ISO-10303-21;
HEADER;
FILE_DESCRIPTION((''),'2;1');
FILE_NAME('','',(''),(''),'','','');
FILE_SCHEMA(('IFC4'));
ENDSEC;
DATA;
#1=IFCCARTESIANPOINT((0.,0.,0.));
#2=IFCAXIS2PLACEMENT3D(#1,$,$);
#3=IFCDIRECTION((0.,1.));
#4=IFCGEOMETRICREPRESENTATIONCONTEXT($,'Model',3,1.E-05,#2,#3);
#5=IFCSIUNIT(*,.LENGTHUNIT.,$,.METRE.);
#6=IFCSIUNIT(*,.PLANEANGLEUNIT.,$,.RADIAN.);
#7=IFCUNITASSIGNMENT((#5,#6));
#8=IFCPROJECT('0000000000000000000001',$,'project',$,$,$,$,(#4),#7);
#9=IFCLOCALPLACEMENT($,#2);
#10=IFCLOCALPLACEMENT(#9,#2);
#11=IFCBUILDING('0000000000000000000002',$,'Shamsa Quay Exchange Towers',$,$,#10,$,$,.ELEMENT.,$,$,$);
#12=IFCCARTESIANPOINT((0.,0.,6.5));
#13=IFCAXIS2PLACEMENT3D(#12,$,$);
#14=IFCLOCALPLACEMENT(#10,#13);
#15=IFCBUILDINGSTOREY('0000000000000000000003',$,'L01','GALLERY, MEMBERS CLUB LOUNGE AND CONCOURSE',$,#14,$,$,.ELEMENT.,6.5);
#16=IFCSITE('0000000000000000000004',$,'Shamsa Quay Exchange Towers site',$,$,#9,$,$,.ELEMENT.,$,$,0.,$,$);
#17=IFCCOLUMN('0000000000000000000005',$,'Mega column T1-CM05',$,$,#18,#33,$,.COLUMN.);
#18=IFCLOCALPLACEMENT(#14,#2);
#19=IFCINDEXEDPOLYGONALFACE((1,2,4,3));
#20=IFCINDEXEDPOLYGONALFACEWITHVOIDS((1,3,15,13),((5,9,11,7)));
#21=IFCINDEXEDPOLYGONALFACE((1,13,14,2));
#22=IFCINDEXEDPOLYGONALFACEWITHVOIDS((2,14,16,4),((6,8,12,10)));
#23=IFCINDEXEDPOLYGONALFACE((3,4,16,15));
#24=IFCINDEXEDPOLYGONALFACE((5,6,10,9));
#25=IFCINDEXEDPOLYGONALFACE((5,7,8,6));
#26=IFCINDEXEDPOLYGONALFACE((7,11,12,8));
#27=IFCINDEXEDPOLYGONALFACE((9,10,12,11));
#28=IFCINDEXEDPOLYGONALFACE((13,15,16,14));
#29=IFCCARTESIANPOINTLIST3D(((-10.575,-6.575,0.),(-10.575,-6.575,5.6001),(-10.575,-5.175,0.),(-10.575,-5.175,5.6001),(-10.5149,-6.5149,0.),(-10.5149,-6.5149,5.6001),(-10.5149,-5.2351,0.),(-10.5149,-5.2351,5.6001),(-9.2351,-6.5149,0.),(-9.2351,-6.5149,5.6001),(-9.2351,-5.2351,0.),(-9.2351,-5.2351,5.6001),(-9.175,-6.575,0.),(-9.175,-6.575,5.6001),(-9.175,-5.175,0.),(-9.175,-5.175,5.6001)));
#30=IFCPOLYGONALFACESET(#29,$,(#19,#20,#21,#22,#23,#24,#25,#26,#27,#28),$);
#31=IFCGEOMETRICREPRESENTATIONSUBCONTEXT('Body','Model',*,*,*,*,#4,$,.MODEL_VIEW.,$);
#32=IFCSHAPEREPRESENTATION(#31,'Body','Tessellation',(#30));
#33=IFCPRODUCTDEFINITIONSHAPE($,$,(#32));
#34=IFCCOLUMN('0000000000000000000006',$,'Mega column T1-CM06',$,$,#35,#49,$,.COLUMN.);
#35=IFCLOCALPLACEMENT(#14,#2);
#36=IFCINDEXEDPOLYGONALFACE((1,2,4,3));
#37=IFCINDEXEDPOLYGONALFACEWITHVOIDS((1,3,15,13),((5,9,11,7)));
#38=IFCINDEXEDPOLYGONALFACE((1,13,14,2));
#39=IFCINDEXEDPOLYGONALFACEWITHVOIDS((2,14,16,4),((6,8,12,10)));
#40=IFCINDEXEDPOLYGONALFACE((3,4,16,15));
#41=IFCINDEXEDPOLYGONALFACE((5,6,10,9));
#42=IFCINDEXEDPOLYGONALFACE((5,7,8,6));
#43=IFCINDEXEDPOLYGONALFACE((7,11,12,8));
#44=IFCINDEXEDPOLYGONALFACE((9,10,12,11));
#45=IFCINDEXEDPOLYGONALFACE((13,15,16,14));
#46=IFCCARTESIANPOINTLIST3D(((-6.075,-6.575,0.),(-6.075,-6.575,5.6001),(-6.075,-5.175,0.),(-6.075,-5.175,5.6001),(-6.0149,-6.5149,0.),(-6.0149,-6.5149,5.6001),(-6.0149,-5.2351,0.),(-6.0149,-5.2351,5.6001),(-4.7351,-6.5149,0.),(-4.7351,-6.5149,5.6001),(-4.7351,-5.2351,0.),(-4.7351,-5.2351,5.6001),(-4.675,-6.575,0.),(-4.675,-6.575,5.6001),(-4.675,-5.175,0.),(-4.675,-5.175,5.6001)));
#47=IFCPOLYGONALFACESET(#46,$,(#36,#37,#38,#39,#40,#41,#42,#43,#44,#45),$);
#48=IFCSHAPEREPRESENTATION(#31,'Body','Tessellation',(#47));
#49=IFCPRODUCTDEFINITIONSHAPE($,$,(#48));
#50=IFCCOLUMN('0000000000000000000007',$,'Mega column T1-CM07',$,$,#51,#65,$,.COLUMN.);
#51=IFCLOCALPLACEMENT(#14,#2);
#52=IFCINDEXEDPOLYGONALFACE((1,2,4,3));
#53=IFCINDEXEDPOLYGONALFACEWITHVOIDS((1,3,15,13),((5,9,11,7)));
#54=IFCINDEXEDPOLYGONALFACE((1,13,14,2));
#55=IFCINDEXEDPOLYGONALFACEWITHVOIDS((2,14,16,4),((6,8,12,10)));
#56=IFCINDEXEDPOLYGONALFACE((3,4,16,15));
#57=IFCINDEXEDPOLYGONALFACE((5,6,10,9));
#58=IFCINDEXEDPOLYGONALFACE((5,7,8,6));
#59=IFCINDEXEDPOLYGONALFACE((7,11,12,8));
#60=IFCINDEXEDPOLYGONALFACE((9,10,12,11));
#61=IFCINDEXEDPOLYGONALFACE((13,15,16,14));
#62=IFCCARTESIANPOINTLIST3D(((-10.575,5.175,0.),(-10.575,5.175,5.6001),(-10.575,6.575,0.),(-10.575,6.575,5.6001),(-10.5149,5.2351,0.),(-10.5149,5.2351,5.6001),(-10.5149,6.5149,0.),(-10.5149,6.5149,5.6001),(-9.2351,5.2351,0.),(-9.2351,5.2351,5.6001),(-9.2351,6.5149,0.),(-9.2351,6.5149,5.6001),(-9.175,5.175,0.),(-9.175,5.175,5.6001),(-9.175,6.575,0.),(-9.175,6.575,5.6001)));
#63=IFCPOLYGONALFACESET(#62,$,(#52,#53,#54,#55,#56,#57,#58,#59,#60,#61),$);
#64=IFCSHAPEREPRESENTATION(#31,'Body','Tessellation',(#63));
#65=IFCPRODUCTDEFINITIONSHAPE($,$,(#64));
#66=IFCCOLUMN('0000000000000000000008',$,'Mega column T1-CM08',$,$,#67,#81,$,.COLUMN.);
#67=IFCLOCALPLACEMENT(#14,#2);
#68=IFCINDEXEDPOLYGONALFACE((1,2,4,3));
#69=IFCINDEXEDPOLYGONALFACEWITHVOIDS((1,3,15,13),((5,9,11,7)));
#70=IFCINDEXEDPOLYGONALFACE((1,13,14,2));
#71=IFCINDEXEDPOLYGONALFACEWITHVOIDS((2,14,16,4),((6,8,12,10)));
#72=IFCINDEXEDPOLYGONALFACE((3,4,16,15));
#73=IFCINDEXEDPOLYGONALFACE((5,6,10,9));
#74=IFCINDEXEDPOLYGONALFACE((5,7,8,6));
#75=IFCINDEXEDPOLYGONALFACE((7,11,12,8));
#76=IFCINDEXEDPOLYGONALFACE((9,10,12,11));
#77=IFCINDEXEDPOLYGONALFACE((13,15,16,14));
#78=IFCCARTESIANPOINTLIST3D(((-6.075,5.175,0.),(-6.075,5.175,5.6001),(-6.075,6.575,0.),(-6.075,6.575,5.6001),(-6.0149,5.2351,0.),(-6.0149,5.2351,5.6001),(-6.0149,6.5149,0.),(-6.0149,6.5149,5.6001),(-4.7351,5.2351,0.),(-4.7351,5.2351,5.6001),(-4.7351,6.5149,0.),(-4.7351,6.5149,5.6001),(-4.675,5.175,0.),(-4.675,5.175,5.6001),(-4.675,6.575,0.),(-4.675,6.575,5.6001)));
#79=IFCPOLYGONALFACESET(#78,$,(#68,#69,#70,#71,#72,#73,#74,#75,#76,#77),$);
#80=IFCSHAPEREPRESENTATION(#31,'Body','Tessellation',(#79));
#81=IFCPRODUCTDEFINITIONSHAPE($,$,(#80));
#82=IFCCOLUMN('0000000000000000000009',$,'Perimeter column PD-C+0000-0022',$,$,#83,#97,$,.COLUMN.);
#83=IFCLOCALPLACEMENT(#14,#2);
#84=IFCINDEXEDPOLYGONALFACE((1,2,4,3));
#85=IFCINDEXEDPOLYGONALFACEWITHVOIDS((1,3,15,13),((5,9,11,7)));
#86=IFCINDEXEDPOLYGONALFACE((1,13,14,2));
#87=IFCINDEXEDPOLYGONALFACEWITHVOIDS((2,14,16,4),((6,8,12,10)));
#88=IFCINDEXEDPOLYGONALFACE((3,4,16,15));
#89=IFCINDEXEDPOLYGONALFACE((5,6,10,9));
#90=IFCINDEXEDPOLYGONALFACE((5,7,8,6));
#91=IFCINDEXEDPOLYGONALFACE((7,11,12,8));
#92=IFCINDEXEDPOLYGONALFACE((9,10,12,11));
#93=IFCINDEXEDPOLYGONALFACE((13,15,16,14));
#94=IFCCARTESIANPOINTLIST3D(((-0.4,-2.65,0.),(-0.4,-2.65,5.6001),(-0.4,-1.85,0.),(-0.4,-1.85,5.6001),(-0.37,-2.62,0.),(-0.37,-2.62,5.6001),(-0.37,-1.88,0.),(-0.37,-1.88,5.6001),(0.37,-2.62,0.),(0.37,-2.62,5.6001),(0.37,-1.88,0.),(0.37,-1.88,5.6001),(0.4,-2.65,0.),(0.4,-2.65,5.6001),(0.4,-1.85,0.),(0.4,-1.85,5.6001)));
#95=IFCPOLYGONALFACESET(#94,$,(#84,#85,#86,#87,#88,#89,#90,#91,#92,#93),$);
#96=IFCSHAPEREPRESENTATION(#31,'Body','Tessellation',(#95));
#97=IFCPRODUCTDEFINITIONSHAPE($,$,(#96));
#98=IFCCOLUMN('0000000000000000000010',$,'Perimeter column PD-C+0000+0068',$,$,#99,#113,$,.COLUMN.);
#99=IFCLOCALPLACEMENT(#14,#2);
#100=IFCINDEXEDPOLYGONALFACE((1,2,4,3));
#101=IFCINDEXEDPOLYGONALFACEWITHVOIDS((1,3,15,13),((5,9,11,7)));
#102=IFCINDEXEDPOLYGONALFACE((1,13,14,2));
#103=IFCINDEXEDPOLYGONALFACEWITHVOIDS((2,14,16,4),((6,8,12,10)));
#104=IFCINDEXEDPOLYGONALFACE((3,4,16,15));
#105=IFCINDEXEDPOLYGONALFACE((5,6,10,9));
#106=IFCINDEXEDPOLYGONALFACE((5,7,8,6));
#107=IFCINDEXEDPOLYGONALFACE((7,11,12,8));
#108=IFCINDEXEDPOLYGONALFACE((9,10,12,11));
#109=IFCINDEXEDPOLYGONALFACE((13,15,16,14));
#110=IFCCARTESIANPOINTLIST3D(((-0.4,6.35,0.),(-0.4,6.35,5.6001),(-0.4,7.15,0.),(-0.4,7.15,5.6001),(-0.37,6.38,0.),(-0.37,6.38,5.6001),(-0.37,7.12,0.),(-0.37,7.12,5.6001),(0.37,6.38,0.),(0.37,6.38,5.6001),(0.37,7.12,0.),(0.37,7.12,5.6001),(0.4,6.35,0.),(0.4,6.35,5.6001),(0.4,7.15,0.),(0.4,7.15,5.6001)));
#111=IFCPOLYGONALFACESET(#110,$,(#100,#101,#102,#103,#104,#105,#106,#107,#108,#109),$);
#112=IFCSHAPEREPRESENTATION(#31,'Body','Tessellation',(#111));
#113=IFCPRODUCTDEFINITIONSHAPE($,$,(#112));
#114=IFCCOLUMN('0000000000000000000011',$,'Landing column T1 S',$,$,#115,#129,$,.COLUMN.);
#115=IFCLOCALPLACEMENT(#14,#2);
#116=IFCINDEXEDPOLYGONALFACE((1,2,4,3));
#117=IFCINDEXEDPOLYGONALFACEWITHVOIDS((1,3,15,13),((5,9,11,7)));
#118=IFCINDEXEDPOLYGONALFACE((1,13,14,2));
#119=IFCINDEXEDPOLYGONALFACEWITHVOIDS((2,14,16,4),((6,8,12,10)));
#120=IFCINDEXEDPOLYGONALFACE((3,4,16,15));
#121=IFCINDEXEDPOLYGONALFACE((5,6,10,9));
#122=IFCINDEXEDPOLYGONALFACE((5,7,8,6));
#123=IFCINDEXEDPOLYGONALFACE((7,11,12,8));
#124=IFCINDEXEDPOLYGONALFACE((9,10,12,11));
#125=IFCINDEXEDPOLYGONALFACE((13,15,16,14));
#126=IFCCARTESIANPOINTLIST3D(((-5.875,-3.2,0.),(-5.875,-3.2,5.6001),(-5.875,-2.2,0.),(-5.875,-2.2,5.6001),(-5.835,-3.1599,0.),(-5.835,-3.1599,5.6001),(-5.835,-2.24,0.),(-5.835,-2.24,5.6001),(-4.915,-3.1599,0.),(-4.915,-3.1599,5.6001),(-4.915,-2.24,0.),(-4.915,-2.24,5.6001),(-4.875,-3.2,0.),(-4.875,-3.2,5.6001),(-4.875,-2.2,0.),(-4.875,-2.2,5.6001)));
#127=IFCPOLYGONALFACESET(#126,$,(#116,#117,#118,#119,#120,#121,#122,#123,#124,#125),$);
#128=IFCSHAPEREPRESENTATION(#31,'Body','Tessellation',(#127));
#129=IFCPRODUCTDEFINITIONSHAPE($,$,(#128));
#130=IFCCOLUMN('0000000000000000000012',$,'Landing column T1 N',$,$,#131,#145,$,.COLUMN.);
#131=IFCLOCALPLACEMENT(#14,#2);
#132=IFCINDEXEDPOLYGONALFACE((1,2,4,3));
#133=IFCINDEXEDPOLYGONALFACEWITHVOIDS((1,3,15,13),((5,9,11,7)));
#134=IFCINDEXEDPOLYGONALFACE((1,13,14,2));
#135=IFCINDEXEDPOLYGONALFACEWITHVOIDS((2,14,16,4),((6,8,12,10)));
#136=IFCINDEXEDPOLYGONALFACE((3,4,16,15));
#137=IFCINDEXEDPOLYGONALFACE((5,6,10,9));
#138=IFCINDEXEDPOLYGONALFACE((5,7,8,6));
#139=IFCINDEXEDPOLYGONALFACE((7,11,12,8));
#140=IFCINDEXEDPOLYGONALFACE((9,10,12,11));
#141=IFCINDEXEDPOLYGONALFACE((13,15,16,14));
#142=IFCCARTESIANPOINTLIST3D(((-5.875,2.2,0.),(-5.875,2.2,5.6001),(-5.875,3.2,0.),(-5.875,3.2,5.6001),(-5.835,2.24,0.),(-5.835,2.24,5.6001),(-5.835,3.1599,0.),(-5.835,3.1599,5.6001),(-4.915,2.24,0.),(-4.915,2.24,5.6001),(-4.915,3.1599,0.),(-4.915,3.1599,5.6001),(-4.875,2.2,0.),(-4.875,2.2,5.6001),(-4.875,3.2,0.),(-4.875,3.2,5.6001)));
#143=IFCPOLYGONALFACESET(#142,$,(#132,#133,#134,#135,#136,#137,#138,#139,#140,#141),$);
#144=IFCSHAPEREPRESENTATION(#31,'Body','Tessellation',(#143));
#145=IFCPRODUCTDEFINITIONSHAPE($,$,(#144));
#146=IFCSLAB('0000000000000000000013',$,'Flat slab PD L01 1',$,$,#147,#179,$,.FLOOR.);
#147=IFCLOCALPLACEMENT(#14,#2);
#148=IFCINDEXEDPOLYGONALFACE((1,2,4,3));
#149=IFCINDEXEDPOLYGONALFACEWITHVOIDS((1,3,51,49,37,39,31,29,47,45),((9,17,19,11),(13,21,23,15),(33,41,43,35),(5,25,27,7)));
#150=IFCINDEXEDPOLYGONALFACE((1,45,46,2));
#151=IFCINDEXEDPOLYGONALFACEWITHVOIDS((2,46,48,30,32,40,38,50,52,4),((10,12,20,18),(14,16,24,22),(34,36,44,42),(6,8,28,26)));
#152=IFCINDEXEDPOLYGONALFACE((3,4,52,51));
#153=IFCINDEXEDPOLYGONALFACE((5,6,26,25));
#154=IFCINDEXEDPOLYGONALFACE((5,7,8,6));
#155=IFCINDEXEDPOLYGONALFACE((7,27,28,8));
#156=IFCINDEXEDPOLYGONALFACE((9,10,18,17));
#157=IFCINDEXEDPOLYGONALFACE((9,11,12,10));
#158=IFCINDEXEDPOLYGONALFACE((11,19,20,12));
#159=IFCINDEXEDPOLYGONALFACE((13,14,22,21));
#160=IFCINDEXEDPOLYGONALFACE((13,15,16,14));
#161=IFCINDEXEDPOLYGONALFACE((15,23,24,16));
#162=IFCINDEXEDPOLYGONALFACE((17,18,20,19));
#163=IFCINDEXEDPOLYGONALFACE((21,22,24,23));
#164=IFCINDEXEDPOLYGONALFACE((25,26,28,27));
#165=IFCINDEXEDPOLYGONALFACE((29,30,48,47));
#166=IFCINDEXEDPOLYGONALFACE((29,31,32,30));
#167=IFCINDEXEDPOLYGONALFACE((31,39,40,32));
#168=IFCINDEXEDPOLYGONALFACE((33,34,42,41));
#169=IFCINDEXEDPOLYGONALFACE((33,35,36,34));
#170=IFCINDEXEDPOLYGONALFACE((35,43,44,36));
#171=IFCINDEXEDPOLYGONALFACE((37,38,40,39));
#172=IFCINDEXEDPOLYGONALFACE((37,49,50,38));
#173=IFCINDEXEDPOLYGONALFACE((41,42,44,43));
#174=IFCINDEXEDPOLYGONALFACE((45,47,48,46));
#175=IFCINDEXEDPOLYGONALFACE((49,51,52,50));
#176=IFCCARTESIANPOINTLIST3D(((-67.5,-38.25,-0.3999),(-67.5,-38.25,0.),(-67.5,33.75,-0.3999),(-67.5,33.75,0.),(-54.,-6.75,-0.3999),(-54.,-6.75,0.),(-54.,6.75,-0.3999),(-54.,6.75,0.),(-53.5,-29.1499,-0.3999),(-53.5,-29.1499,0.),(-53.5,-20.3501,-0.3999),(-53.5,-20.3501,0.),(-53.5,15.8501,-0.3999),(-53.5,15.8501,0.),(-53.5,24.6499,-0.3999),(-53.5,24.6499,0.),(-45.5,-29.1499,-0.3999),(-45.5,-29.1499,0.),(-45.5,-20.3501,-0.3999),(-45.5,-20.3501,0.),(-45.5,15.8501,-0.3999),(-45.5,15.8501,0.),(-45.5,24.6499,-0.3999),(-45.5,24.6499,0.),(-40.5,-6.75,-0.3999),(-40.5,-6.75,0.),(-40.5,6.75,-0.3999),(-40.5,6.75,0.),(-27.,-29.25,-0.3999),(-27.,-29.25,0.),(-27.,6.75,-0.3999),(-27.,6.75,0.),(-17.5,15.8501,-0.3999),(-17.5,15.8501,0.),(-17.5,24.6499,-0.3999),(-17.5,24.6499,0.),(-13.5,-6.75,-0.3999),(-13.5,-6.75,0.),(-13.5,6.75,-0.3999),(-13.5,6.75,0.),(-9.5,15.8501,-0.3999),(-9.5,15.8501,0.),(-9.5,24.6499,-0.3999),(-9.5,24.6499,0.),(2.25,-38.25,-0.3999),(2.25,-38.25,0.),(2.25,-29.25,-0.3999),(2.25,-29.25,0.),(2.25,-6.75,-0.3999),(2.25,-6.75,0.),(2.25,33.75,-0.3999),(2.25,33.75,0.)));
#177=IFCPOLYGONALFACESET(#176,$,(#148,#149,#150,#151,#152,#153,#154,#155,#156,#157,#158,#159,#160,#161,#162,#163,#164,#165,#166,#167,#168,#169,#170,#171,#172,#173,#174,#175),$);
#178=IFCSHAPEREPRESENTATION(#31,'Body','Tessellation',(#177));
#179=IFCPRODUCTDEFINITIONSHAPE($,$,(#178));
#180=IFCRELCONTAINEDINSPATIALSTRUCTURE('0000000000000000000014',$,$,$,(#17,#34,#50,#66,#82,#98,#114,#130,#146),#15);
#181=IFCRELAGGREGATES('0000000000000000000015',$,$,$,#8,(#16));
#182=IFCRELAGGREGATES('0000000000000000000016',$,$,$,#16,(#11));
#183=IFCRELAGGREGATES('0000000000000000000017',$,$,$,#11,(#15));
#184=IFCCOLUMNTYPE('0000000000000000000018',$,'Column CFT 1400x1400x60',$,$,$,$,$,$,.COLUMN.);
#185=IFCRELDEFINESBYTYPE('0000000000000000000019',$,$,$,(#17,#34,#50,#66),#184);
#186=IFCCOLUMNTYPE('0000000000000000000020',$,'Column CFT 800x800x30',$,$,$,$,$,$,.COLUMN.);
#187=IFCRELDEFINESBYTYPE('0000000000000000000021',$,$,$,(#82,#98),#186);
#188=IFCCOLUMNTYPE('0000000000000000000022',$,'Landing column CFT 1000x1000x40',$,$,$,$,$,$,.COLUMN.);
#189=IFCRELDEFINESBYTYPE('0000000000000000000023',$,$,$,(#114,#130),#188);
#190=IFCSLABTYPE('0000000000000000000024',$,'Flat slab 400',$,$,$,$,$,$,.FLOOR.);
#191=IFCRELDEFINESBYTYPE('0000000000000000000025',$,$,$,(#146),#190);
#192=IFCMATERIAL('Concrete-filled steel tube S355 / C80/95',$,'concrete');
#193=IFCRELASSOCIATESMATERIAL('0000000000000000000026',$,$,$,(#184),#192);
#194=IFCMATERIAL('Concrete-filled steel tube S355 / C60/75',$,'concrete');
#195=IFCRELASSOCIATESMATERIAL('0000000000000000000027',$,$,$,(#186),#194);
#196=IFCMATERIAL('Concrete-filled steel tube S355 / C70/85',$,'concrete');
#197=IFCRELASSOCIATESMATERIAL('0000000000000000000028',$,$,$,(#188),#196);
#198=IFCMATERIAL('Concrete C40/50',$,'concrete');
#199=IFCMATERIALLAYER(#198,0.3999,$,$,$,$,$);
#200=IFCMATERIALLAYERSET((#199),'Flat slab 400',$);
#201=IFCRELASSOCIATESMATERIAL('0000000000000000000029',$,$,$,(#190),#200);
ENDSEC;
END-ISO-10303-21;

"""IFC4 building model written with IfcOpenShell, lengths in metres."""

from ifc_helpers import new_model, si_unit, direction, frame, origin, origin_2d, place, context, subcontext, project, spatial, polyline, hollow_rectangle, outline, extrude, material, layer, layer_set, material_profile, profile_set, type_object, element, save


model = new_model("IFC4")

# Units and contexts
model_context = context("Model", 3, precision=1e-05, world=origin(), true_north=direction((0.0, 1.0)))
body_context = subcontext(model_context, "Body", "Model", "MODEL_VIEW")
ifc_project = project(units=[si_unit("LENGTHUNIT", "METRE"), si_unit("PLANEANGLEUNIT", "RADIAN")], contexts=[model_context])

# Site, building, storey
site_placement = place(None, origin())
site = spatial("IfcSite", under=ifc_project, at=site_placement, Name="Shamsa Quay Exchange Towers site", CompositionType="ELEMENT", RefElevation=0.0)
building_placement = place(site_placement, origin())
building = spatial("IfcBuilding", under=site, at=building_placement, Name="Shamsa Quay Exchange Towers", CompositionType="ELEMENT")
storey_placement = place(building_placement, frame((0.0, 0.0, 6.5)))
storey = spatial("IfcBuildingStorey", under=building, at=storey_placement, Name="L01", Description="GALLERY, MEMBERS CLUB LOUNGE AND CONCOURSE", CompositionType="ELEMENT", Elevation=6.5)

# Columns
ifc_material_1 = material(Name="Concrete-filled steel tube S355 / C80/95", Category="concrete")
ifc_material_profile_1 = material_profile(ifc_material_1, hollow_rectangle(XDim=1.3999, YDim=1.3999, WallThickness=0.0601, at=origin_2d()), Name="CFT 1400x1400x60")
ifc_profile_set_1 = profile_set([ifc_material_profile_1], Name="Concrete-filled steel tube S355 / C80/95")
column_type_1 = type_object("IfcColumnType", Name="Column CFT 1400x1400x60", PredefinedType="COLUMN", material=ifc_profile_set_1)
for number, where, name in (
    (1, (-9.875, -5.875, 0.0), "Mega column T1-CM05"),
    (2, (-5.375, -5.875, 0.0), "Mega column T1-CM06"),
    (3, (-9.875, 5.875, 0.0), "Mega column T1-CM07"),
    (4, (-5.375, 5.875, 0.0), "Mega column T1-CM08"),
):
    element("IfcColumn", number, at=place(storey_placement, frame(where)), inside=storey, type_object=column_type_1, Name=name, PredefinedType="COLUMN", context=body_context, shape_type="SweptSolid", body=[
        extrude(hollow_rectangle(XDim=1.3999, YDim=1.3999, WallThickness=0.0601, at=origin_2d()), origin(), (0.0, 0.0, 1.0), 5.6001),
    ])
ifc_material_2 = material(Name="Concrete-filled steel tube S355 / C60/75", Category="concrete")
ifc_material_profile_2 = material_profile(ifc_material_2, hollow_rectangle(XDim=0.8, YDim=0.8, WallThickness=0.03, at=origin_2d()), Name="CFT 800x800x30")
ifc_profile_set_2 = profile_set([ifc_material_profile_2], Name="Concrete-filled steel tube S355 / C60/75")
column_type_2 = type_object("IfcColumnType", Name="Column CFT 800x800x30", PredefinedType="COLUMN", material=ifc_profile_set_2)
for number, where, name in (
    (5, (0.0, -2.25, 0.0), "Perimeter column PD-C+0000-0022"),
    (6, (0.0, 6.75, 0.0), "Perimeter column PD-C+0000+0068"),
):
    element("IfcColumn", number, at=place(storey_placement, frame(where)), inside=storey, type_object=column_type_2, Name=name, PredefinedType="COLUMN", context=body_context, shape_type="SweptSolid", body=[
        extrude(hollow_rectangle(XDim=0.8, YDim=0.8, WallThickness=0.03, at=origin_2d()), origin(), (0.0, 0.0, 1.0), 5.6001),
    ])
ifc_material_3 = material(Name="Concrete-filled steel tube S355 / C70/85", Category="concrete")
ifc_material_profile_3 = material_profile(ifc_material_3, hollow_rectangle(XDim=1.0, YDim=1.0, WallThickness=0.04, at=origin_2d()), Name="CFT 1000x1000x40")
ifc_profile_set_3 = profile_set([ifc_material_profile_3], Name="Concrete-filled steel tube S355 / C70/85")
column_type_3 = type_object("IfcColumnType", Name="Landing column CFT 1000x1000x40", PredefinedType="COLUMN", material=ifc_profile_set_3)
for number, where, name in (
    (7, (-5.375, -2.7, 0.0), "Landing column T1 S"),
    (8, (-5.375, 2.7, 0.0), "Landing column T1 N"),
):
    element("IfcColumn", number, at=place(storey_placement, frame(where)), inside=storey, type_object=column_type_3, Name=name, PredefinedType="COLUMN", context=body_context, shape_type="SweptSolid", body=[
        extrude(hollow_rectangle(XDim=1.0, YDim=1.0, WallThickness=0.04, at=origin_2d()), origin(), (0.0, 0.0, 1.0), 5.6001),
    ])

# Slab
ifc_material_4 = material(Name="Concrete C40/50", Category="concrete")
ifc_layer_1 = layer(ifc_material_4, 0.3999)
ifc_layer_set_1 = layer_set([ifc_layer_1], Name="Flat slab 400")
slab_type = type_object("IfcSlabType", Name="Flat slab 400", PredefinedType="FLOOR", material=ifc_layer_set_1)
slab_1_placement = place(storey_placement, frame((0.0, 0.0, -0.3999)))
element("IfcSlab", 9, at=slab_1_placement, inside=storey, type_object=slab_type, Name="Flat slab PD L01 1", PredefinedType="FLOOR", context=body_context, shape_type="SweptSolid", body=[
    extrude(outline(polyline([(-67.5, 33.75), (-67.5, -38.25), (2.25, -38.25), (2.25, -29.25), (-27.0, -29.25), (-27.0, 6.75), (-13.5, 6.75), (-13.5, -6.75), (2.25, -6.75), (2.25, 33.75), (-67.5, 33.75)]), holes=[polyline([(-53.5, -29.1499), (-45.5, -29.1499), (-45.5, -20.3501), (-53.5, -20.3501), (-53.5, -29.1499)]), polyline([(-54.0, -6.75), (-40.5, -6.75), (-40.5, 6.75), (-54.0, 6.75), (-54.0, -6.75)]), polyline([(-53.5, 24.6499), (-53.5, 15.8501), (-45.5, 15.8501), (-45.5, 24.6499), (-53.5, 24.6499)]), polyline([(-17.5, 15.8501), (-9.5, 15.8501), (-9.5, 24.6499), (-17.5, 24.6499), (-17.5, 15.8501)])]), origin(), (0.0, 0.0, 1.0), 0.3999),
])

save(model, "model.ifc")
